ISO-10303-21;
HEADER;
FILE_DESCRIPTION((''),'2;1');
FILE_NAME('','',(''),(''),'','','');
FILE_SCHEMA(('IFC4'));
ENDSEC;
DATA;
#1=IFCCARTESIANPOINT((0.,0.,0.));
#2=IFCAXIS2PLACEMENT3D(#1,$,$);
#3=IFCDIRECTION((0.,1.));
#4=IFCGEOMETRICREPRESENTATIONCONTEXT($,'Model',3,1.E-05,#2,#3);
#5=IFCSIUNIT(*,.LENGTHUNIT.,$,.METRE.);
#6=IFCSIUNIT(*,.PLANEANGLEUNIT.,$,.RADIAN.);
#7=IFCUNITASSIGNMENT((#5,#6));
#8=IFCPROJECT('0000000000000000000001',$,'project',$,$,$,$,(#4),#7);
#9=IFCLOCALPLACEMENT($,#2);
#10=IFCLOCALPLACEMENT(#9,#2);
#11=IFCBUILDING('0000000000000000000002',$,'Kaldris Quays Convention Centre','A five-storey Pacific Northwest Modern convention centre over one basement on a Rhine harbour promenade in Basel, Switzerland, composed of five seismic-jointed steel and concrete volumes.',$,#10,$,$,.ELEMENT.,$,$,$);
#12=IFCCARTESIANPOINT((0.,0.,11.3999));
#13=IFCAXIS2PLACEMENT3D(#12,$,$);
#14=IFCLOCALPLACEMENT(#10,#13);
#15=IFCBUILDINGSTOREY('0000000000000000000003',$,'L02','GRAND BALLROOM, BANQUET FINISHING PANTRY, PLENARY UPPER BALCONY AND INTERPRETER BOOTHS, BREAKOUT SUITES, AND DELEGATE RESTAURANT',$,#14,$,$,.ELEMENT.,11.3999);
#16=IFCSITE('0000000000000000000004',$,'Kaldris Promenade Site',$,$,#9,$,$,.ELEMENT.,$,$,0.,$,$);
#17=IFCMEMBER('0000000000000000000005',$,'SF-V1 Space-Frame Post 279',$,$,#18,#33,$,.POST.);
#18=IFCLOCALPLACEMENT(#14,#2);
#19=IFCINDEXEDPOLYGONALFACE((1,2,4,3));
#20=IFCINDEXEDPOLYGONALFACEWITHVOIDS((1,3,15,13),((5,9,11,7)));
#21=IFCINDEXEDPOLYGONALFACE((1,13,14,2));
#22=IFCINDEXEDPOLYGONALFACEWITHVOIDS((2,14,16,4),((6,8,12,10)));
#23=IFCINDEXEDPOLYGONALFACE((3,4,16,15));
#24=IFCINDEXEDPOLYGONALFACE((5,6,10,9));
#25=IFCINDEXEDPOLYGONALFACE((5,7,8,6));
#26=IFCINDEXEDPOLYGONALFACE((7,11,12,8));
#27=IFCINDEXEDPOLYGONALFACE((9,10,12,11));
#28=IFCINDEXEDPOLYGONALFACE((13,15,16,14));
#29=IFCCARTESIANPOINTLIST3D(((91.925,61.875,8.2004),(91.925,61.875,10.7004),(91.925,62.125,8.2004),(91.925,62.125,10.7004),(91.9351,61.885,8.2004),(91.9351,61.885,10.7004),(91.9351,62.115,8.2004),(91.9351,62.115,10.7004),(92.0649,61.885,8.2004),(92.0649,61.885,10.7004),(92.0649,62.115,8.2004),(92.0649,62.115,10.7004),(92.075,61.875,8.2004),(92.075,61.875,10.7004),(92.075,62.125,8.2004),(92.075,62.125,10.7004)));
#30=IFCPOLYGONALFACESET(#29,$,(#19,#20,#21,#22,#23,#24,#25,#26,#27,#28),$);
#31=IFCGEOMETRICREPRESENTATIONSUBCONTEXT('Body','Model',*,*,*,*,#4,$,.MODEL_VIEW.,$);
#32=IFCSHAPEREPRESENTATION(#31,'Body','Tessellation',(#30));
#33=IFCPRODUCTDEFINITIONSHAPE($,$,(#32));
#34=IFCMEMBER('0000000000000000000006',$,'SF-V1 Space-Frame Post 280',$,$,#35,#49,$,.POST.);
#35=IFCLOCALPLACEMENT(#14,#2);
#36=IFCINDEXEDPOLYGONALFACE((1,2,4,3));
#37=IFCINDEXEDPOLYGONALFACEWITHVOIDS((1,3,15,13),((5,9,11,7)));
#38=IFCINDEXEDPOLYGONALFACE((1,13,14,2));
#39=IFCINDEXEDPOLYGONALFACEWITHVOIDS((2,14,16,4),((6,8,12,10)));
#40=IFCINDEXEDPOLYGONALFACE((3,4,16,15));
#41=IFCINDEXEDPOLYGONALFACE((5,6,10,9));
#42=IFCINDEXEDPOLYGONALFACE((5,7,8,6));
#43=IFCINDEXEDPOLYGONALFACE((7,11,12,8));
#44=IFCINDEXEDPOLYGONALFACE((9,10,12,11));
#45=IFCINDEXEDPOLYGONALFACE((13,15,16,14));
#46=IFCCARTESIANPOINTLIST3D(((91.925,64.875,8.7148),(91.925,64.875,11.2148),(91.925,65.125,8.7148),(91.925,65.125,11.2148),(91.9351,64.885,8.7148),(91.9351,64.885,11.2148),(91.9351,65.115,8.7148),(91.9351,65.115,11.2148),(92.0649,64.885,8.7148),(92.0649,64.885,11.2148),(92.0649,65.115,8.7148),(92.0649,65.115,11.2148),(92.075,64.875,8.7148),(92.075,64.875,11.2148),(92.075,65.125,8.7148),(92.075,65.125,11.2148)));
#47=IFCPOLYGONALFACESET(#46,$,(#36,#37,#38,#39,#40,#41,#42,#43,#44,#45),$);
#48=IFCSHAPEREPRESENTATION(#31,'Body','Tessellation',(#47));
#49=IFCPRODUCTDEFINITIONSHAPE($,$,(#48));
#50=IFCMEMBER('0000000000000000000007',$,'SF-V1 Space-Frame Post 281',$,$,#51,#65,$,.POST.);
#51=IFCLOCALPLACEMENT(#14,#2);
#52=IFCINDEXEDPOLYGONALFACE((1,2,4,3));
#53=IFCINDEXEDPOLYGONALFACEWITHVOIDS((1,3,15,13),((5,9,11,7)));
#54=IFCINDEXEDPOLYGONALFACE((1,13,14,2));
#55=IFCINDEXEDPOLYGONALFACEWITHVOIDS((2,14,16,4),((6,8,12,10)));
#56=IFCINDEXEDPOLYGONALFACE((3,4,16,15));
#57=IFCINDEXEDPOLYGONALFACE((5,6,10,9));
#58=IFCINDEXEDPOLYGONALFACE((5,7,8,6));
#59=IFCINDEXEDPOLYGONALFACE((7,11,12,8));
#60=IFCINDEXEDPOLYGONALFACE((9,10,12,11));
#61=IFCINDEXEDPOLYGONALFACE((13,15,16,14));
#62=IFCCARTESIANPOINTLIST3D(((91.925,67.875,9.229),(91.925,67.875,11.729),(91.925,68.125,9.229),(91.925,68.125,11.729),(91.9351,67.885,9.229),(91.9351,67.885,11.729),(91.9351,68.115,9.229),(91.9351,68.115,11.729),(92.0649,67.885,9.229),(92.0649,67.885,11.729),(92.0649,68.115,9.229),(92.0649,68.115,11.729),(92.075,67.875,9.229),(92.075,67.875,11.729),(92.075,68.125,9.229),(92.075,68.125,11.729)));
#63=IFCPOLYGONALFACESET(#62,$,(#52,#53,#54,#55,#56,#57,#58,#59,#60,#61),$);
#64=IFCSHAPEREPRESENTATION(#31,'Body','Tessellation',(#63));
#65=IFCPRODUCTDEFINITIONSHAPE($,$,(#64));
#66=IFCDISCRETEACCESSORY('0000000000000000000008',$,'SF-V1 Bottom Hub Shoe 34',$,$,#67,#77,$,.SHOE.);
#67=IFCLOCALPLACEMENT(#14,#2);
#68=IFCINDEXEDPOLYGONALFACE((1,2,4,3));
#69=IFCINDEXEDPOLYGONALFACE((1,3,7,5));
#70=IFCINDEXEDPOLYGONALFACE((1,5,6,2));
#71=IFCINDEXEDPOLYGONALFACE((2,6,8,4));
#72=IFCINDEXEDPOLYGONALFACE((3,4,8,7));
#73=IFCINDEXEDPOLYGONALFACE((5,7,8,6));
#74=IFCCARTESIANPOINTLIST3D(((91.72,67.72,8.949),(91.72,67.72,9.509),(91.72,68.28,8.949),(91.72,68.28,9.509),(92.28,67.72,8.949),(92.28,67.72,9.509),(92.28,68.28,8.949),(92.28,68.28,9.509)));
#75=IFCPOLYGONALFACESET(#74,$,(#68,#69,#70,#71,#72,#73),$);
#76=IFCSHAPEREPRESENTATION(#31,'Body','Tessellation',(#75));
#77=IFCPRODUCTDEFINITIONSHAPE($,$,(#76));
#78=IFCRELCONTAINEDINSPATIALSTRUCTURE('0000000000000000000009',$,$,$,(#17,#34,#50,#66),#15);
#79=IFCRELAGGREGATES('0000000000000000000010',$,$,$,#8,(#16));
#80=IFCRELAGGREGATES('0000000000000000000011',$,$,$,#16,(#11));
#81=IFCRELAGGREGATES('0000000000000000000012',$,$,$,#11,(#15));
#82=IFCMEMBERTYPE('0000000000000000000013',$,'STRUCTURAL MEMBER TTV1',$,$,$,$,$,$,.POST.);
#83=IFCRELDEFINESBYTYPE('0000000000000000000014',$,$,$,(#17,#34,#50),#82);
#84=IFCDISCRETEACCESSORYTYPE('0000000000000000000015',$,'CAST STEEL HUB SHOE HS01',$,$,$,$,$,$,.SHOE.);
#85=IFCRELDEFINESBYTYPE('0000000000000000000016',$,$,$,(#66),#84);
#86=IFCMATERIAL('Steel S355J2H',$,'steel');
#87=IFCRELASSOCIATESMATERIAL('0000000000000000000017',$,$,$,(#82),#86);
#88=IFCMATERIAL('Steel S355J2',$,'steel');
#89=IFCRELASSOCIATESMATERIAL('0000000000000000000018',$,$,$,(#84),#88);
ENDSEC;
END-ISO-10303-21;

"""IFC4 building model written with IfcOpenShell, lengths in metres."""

from ifc_helpers import new_model, si_unit, direction, frame, origin, origin_2d, place, context, subcontext, project, spatial, rectangle, hollow_rectangle, extrude, material, material_profile, profile_set, type_object, element, save


model = new_model("IFC4")

# Units and contexts
model_context = context("Model", 3, precision=1e-05, world=origin(), true_north=direction((0.0, 1.0)))
body_context = subcontext(model_context, "Body", "Model", "MODEL_VIEW")
ifc_project = project(units=[si_unit("LENGTHUNIT", "METRE"), si_unit("PLANEANGLEUNIT", "RADIAN")], contexts=[model_context])

# Site, building, storey
site_placement = place(None, origin())
site = spatial("IfcSite", under=ifc_project, at=site_placement, Name="Kaldris Promenade Site", CompositionType="ELEMENT", RefElevation=0.0)
building_placement = place(site_placement, origin())
building = spatial("IfcBuilding", under=site, at=building_placement, Name="Kaldris Quays Convention Centre", Description="A five-storey Pacific Northwest Modern convention centre over one basement on a Rhine harbour promenade in Basel, Switzerland, composed of five seismic-jointed steel and concrete volumes.", CompositionType="ELEMENT")
storey_placement = place(building_placement, frame((0.0, 0.0, 11.3999)))
storey = spatial("IfcBuildingStorey", under=building, at=storey_placement, Name="L02", Description="GRAND BALLROOM, BANQUET FINISHING PANTRY, PLENARY UPPER BALCONY AND INTERPRETER BOOTHS, BREAKOUT SUITES, AND DELEGATE RESTAURANT", CompositionType="ELEMENT", Elevation=11.3999)

# Members
ifc_material_1 = material(Name="Steel S355J2H", Category="steel")
ifc_material_profile_1 = material_profile(ifc_material_1, hollow_rectangle(XDim=0.1499, YDim=0.25, WallThickness=0.01, at=origin_2d()), Name="RHS 250x150x10")
ifc_profile_set_1 = profile_set([ifc_material_profile_1], Name="Steel S355J2H")
member_type_1 = type_object("IfcMemberType", Name="STRUCTURAL MEMBER TTV1", PredefinedType="POST", material=ifc_profile_set_1)
for number, where, z_axis, x_axis, name in (
    (1, (92.0, 62.0, 8.2004), (0.0, 0.0, 1.0), (1.0, 0.0, 0.0), "SF-V1 Space-Frame Post 279"),
    (2, (92.0, 65.0, 8.7148), (0.0, 0.0, 1.0), (1.0, 0.0, 0.0), "SF-V1 Space-Frame Post 280"),
    (3, (92.0, 68.0, 9.229), (0.0, 0.0, 1.0), (1.0, 0.0, 0.0), "SF-V1 Space-Frame Post 281"),
):
    element("IfcMember", number, at=place(storey_placement, frame(where, z_axis=z_axis, x_axis=x_axis)), inside=storey, type_object=member_type_1, Name=name, PredefinedType="POST", context=body_context, shape_type="SweptSolid", body=[
        extrude(hollow_rectangle(XDim=0.1499, YDim=0.25, WallThickness=0.01, at=origin_2d()), origin(), (0.0, 0.0, 1.0), 2.5),
    ])

# Discrete accessory
ifc_material_2 = material(Name="Steel S355J2", Category="steel")
discrete_accessory_type = type_object("IfcDiscreteAccessoryType", Name="CAST STEEL HUB SHOE HS01", PredefinedType="SHOE", material=ifc_material_2)
discrete_accessory_placement = place(storey_placement, frame((92.0, 68.0, 8.949), z_axis=(0.0, 0.0, 1.0), x_axis=(1.0, 0.0, 0.0)))
element("IfcDiscreteAccessory", 4, at=discrete_accessory_placement, inside=storey, type_object=discrete_accessory_type, Name="SF-V1 Bottom Hub Shoe 34", PredefinedType="SHOE", context=body_context, shape_type="SweptSolid", body=[
    extrude(rectangle(XDim=0.5601, YDim=0.5601, at=origin_2d()), origin(), (0.0, 0.0, 1.0), 0.5601),
])

save(model, "model.ifc")
